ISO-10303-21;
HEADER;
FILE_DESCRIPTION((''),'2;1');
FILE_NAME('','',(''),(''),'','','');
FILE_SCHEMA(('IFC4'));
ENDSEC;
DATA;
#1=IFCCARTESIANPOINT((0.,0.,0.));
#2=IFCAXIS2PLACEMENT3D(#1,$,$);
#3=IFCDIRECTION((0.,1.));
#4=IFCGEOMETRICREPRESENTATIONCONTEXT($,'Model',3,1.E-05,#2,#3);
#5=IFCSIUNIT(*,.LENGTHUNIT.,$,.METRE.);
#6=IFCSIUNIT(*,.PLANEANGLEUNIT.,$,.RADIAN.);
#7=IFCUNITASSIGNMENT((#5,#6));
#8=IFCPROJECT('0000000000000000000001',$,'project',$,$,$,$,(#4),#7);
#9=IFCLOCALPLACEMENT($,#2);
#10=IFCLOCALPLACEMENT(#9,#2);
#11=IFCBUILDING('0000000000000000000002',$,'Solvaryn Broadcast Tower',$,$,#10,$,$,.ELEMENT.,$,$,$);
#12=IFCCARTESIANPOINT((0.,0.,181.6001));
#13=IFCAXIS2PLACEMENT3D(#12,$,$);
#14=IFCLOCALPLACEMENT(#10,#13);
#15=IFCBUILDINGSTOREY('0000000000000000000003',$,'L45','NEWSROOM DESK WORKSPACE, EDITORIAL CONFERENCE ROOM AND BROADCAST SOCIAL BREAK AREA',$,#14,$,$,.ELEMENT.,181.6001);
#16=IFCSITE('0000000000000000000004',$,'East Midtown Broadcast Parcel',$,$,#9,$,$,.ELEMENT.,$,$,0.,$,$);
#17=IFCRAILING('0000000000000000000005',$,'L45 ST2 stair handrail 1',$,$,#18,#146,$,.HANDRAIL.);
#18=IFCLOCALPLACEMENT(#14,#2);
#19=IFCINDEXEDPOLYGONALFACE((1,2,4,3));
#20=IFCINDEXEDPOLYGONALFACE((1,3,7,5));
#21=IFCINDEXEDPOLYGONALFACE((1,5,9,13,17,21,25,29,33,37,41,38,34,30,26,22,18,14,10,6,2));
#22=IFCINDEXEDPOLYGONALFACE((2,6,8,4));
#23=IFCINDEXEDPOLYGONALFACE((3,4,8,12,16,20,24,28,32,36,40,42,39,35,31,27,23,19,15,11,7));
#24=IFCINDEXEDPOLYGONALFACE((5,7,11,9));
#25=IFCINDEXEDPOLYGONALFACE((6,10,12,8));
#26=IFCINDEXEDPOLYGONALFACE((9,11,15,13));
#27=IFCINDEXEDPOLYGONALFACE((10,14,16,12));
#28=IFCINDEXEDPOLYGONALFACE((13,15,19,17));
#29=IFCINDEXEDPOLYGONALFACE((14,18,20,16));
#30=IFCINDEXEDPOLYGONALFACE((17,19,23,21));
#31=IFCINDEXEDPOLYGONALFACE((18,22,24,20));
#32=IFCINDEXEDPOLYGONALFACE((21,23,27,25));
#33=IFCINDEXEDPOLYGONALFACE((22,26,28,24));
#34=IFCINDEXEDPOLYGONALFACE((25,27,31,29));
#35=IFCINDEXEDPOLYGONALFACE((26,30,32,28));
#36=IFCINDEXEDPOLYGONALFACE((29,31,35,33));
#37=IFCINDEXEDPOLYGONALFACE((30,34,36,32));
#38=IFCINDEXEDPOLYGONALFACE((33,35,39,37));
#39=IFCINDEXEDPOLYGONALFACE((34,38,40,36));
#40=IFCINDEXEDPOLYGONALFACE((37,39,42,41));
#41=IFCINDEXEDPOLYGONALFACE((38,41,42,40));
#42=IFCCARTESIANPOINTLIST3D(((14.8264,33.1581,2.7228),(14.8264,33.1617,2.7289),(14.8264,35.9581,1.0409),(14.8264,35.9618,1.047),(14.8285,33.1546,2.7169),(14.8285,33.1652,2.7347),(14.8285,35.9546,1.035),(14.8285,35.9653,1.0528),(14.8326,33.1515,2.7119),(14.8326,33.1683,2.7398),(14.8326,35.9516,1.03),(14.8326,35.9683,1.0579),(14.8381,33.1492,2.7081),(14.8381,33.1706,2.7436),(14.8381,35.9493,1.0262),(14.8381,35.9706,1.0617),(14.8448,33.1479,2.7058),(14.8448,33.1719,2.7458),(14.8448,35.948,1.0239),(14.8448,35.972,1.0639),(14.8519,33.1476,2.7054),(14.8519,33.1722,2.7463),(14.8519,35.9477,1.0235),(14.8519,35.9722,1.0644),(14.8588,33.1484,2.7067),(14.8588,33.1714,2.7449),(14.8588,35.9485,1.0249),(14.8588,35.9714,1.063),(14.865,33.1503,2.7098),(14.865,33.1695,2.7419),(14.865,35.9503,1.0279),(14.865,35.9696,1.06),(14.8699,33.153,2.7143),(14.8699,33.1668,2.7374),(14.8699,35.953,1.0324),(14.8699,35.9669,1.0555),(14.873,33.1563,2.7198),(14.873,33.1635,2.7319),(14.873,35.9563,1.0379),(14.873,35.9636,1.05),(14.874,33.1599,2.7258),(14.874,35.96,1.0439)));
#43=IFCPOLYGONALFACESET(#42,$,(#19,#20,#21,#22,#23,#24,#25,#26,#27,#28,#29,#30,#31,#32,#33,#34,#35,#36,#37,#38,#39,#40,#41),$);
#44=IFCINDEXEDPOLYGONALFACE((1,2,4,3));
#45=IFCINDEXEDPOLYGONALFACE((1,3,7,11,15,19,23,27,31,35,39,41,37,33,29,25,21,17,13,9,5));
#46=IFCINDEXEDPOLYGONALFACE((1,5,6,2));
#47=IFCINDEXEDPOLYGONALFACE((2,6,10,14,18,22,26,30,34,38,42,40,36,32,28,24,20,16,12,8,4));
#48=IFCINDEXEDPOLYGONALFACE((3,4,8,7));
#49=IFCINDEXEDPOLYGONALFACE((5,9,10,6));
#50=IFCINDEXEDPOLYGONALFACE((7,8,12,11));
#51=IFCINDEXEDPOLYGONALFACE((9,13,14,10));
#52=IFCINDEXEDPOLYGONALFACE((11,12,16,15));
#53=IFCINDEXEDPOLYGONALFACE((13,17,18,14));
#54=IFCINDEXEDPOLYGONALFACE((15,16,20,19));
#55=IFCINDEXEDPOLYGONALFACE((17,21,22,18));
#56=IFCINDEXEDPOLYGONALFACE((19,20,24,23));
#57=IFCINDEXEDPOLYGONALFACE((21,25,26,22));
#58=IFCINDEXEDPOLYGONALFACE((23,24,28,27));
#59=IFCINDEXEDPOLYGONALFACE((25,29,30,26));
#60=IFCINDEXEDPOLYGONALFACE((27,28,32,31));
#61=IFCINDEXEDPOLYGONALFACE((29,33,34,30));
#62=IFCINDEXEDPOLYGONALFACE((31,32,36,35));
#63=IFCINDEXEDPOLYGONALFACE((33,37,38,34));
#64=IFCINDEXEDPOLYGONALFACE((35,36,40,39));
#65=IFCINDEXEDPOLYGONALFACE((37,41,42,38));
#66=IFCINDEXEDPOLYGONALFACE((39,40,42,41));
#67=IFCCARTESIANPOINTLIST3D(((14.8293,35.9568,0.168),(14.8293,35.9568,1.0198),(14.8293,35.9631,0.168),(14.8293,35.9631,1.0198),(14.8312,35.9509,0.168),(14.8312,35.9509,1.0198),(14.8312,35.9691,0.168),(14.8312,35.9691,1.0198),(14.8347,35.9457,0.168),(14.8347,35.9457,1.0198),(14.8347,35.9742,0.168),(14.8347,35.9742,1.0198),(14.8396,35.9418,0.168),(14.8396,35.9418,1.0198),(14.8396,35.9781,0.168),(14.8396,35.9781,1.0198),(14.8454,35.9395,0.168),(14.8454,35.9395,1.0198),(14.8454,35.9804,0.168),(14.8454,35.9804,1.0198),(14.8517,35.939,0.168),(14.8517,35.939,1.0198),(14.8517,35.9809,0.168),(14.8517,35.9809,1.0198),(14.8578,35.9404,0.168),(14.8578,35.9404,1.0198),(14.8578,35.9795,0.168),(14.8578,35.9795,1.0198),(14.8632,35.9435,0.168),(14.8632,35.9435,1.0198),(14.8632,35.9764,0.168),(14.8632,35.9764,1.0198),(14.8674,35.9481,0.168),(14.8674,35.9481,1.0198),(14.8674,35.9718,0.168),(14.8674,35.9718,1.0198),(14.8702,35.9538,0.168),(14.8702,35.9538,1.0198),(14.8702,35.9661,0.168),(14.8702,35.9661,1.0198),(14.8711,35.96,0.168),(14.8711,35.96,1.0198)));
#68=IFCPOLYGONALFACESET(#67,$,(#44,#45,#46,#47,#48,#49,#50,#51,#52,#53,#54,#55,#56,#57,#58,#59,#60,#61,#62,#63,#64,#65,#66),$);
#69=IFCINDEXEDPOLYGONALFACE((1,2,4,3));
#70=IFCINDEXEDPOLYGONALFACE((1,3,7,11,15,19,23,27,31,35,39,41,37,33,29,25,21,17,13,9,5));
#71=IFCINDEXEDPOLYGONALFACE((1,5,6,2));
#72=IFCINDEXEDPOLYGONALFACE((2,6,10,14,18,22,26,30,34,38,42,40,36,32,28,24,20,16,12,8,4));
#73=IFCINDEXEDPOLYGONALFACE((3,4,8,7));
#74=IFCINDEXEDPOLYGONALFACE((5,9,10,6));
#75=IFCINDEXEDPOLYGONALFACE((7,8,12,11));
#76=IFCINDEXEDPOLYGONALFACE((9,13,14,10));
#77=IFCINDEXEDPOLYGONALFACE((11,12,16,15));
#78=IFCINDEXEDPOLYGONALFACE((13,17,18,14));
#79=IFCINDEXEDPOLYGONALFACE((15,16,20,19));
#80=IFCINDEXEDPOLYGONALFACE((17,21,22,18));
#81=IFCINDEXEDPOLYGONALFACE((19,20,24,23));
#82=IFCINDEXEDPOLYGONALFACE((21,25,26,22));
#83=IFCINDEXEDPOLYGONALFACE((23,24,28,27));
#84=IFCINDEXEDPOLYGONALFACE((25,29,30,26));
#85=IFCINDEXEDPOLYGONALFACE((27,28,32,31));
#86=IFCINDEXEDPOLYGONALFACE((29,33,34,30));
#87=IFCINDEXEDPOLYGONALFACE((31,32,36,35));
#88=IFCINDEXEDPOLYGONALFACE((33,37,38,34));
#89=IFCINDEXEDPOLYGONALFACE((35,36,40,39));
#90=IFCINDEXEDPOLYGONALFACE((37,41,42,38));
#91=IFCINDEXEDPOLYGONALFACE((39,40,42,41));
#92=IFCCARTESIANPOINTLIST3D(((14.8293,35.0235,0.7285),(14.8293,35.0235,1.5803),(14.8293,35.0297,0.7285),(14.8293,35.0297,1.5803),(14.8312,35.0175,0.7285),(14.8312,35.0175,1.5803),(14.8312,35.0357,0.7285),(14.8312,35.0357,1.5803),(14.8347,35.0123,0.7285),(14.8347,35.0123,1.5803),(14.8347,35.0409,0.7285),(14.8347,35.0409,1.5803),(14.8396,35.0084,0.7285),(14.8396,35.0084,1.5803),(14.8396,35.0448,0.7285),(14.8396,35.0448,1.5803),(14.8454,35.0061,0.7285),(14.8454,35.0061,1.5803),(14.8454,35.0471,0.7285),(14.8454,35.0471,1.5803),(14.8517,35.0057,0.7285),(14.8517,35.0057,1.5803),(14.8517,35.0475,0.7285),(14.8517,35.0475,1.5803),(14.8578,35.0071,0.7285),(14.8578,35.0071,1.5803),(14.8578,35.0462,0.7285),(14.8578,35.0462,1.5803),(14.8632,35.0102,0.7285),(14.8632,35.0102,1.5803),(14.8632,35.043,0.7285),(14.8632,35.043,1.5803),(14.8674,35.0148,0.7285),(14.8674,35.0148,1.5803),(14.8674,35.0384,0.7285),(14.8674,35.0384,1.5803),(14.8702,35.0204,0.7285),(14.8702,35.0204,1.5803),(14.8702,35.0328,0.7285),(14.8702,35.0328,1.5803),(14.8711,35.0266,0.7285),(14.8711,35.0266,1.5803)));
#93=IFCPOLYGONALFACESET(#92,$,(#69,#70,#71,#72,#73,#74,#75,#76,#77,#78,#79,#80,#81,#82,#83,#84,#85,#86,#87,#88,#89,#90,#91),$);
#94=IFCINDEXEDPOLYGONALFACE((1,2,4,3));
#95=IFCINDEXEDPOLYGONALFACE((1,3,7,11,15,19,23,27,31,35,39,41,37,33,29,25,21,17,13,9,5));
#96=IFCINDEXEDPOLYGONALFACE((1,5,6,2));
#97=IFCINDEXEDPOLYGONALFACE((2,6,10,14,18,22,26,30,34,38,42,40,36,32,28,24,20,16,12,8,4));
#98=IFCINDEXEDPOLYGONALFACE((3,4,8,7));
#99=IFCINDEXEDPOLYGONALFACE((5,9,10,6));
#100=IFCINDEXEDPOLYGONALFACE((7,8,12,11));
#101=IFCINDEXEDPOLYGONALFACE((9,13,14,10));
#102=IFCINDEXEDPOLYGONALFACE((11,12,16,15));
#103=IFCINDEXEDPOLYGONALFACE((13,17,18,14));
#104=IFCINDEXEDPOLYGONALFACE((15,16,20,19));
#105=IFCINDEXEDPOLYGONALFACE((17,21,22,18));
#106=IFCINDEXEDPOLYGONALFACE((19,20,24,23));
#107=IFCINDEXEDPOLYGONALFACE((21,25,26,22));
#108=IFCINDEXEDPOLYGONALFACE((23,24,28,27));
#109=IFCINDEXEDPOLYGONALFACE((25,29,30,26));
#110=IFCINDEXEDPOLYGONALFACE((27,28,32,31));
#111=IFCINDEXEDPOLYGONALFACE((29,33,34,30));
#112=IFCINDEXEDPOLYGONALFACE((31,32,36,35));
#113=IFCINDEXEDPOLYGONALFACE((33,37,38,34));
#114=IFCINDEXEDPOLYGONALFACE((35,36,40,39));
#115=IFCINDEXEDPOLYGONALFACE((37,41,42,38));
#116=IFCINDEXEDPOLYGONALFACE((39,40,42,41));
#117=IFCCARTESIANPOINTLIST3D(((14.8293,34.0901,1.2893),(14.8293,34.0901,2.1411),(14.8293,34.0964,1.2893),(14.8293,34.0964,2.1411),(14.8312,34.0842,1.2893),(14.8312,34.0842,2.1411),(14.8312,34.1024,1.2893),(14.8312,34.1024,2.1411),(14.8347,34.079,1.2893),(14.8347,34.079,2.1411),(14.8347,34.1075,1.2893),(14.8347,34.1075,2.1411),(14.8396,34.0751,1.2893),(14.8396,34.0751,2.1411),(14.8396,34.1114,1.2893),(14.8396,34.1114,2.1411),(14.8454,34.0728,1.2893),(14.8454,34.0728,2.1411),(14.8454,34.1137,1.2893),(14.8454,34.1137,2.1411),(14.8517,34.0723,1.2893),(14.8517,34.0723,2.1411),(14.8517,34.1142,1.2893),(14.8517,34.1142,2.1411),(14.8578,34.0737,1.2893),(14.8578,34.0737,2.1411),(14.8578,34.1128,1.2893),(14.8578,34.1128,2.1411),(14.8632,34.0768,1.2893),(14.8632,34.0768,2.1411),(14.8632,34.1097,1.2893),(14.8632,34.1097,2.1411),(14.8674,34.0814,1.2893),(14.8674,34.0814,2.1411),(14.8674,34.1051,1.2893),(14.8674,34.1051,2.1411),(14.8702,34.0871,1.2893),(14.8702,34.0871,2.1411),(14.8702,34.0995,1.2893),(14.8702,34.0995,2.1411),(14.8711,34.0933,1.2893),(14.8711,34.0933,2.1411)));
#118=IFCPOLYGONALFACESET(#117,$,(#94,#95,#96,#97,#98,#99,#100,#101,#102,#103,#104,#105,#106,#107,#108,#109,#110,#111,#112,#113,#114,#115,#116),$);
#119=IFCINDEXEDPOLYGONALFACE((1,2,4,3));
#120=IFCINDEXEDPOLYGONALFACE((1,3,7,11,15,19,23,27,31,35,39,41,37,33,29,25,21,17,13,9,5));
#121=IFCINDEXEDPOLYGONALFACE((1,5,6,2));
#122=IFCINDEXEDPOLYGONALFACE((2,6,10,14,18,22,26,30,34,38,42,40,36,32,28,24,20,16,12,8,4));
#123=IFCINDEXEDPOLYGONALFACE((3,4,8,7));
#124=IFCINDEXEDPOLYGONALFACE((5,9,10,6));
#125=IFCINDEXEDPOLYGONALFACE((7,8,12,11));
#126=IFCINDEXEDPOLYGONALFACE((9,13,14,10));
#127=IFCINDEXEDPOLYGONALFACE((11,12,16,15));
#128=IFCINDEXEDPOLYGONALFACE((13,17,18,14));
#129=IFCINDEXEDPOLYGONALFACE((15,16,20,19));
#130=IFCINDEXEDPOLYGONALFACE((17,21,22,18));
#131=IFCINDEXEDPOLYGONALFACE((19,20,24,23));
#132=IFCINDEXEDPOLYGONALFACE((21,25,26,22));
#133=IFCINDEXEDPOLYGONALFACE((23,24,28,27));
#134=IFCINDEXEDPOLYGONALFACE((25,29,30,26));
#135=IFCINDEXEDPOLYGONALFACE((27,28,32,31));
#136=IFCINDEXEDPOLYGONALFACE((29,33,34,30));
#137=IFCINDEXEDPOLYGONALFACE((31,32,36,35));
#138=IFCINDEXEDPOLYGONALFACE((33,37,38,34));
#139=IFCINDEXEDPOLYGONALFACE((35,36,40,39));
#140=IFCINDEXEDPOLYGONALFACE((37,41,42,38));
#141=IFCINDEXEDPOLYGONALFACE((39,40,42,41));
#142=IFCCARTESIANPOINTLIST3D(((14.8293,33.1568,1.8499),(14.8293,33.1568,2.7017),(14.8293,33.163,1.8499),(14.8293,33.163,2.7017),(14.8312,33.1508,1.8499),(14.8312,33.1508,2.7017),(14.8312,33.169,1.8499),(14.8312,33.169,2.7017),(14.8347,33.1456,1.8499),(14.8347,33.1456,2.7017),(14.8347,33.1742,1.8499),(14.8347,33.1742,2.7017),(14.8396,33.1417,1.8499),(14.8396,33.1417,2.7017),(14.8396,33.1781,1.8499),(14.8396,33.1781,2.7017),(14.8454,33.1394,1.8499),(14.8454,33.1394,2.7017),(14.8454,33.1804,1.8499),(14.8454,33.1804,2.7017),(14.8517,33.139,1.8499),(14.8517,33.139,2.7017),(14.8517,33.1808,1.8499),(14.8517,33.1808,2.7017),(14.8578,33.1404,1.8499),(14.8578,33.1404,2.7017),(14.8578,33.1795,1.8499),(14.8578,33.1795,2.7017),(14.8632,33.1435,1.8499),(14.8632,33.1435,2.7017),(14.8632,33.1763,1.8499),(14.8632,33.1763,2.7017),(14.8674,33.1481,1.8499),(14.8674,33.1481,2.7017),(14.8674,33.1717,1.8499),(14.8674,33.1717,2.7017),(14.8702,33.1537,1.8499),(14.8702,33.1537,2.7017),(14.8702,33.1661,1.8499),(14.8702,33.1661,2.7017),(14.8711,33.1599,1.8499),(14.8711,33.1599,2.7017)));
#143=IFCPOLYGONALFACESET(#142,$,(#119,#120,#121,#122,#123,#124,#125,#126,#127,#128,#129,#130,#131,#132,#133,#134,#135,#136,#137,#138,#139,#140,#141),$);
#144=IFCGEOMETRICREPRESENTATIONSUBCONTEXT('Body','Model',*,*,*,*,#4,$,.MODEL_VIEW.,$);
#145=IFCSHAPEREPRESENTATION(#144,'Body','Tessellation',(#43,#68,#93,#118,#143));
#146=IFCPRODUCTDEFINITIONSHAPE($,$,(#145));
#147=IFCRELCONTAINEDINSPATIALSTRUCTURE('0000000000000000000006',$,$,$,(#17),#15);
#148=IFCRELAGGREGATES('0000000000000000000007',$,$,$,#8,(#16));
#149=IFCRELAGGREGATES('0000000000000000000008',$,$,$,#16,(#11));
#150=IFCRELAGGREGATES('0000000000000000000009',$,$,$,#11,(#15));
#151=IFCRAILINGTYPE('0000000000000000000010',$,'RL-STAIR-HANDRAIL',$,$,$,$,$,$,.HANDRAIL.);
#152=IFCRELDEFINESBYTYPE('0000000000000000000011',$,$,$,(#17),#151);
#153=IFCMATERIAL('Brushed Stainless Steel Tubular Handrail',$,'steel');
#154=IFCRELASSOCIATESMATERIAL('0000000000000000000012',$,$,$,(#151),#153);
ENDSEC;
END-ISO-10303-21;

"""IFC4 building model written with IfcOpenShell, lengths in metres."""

from ifc_helpers import new_model, si_unit, direction, frame, origin, origin_2d, place, context, subcontext, project, spatial, circle, extrude, material, type_object, element, save


model = new_model("IFC4")

# Units and contexts
model_context = context("Model", 3, precision=1e-05, world=origin(), true_north=direction((0.0, 1.0)))
body_context = subcontext(model_context, "Body", "Model", "MODEL_VIEW")
ifc_project = project(units=[si_unit("LENGTHUNIT", "METRE"), si_unit("PLANEANGLEUNIT", "RADIAN")], contexts=[model_context])

# Site, building, storey
site_placement = place(None, origin())
site = spatial("IfcSite", under=ifc_project, at=site_placement, Name="East Midtown Broadcast Parcel", CompositionType="ELEMENT", RefElevation=0.0)
building_placement = place(site_placement, origin())
building = spatial("IfcBuilding", under=site, at=building_placement, Name="Solvaryn Broadcast Tower", CompositionType="ELEMENT")
storey_placement = place(building_placement, frame((0.0, 0.0, 181.6001)))
storey = spatial("IfcBuildingStorey", under=building, at=storey_placement, Name="L45", Description="NEWSROOM DESK WORKSPACE, EDITORIAL CONFERENCE ROOM AND BROADCAST SOCIAL BREAK AREA", CompositionType="ELEMENT", Elevation=181.6001)

# Railing
ifc_material_1 = material(Name="Brushed Stainless Steel Tubular Handrail", Category="steel")
railing_type_1 = type_object("IfcRailingType", Name="RL-STAIR-HANDRAIL", PredefinedType="HANDRAIL", material=ifc_material_1)
railing_1_placement = place(storey_placement, frame((14.8501, 35.96, 0.168)))
element("IfcRailing", 1, at=railing_1_placement, inside=storey, type_object=railing_type_1, Name="L45 ST2 stair handrail 1", PredefinedType="HANDRAIL", context=body_context, shape_type="SweptSolid", body=[
    extrude(circle(Radius=0.0239, at=origin_2d()), frame((0.0, 0.0, 0.876), z_axis=(0.0, -0.857242, 0.514913), x_axis=(1.0, 0.0, 0.0)), (0.0, 0.0, 1.0), 3.2664),
    extrude(circle(Radius=0.021, at=origin_2d()), origin(), (0.0, 0.0, 1.0), 0.8518),
    extrude(circle(Radius=0.021, at=origin_2d()), frame((0.0, -0.9333, 0.5605)), (0.0, 0.0, 1.0), 0.8518),
    extrude(circle(Radius=0.021, at=origin_2d()), frame((0.0, -1.8667, 1.1213)), (0.0, 0.0, 1.0), 0.8518),
    extrude(circle(Radius=0.021, at=origin_2d()), frame((0.0, -2.8, 1.6819)), (0.0, 0.0, 1.0), 0.8518),
])

save(model, "model.ifc")
